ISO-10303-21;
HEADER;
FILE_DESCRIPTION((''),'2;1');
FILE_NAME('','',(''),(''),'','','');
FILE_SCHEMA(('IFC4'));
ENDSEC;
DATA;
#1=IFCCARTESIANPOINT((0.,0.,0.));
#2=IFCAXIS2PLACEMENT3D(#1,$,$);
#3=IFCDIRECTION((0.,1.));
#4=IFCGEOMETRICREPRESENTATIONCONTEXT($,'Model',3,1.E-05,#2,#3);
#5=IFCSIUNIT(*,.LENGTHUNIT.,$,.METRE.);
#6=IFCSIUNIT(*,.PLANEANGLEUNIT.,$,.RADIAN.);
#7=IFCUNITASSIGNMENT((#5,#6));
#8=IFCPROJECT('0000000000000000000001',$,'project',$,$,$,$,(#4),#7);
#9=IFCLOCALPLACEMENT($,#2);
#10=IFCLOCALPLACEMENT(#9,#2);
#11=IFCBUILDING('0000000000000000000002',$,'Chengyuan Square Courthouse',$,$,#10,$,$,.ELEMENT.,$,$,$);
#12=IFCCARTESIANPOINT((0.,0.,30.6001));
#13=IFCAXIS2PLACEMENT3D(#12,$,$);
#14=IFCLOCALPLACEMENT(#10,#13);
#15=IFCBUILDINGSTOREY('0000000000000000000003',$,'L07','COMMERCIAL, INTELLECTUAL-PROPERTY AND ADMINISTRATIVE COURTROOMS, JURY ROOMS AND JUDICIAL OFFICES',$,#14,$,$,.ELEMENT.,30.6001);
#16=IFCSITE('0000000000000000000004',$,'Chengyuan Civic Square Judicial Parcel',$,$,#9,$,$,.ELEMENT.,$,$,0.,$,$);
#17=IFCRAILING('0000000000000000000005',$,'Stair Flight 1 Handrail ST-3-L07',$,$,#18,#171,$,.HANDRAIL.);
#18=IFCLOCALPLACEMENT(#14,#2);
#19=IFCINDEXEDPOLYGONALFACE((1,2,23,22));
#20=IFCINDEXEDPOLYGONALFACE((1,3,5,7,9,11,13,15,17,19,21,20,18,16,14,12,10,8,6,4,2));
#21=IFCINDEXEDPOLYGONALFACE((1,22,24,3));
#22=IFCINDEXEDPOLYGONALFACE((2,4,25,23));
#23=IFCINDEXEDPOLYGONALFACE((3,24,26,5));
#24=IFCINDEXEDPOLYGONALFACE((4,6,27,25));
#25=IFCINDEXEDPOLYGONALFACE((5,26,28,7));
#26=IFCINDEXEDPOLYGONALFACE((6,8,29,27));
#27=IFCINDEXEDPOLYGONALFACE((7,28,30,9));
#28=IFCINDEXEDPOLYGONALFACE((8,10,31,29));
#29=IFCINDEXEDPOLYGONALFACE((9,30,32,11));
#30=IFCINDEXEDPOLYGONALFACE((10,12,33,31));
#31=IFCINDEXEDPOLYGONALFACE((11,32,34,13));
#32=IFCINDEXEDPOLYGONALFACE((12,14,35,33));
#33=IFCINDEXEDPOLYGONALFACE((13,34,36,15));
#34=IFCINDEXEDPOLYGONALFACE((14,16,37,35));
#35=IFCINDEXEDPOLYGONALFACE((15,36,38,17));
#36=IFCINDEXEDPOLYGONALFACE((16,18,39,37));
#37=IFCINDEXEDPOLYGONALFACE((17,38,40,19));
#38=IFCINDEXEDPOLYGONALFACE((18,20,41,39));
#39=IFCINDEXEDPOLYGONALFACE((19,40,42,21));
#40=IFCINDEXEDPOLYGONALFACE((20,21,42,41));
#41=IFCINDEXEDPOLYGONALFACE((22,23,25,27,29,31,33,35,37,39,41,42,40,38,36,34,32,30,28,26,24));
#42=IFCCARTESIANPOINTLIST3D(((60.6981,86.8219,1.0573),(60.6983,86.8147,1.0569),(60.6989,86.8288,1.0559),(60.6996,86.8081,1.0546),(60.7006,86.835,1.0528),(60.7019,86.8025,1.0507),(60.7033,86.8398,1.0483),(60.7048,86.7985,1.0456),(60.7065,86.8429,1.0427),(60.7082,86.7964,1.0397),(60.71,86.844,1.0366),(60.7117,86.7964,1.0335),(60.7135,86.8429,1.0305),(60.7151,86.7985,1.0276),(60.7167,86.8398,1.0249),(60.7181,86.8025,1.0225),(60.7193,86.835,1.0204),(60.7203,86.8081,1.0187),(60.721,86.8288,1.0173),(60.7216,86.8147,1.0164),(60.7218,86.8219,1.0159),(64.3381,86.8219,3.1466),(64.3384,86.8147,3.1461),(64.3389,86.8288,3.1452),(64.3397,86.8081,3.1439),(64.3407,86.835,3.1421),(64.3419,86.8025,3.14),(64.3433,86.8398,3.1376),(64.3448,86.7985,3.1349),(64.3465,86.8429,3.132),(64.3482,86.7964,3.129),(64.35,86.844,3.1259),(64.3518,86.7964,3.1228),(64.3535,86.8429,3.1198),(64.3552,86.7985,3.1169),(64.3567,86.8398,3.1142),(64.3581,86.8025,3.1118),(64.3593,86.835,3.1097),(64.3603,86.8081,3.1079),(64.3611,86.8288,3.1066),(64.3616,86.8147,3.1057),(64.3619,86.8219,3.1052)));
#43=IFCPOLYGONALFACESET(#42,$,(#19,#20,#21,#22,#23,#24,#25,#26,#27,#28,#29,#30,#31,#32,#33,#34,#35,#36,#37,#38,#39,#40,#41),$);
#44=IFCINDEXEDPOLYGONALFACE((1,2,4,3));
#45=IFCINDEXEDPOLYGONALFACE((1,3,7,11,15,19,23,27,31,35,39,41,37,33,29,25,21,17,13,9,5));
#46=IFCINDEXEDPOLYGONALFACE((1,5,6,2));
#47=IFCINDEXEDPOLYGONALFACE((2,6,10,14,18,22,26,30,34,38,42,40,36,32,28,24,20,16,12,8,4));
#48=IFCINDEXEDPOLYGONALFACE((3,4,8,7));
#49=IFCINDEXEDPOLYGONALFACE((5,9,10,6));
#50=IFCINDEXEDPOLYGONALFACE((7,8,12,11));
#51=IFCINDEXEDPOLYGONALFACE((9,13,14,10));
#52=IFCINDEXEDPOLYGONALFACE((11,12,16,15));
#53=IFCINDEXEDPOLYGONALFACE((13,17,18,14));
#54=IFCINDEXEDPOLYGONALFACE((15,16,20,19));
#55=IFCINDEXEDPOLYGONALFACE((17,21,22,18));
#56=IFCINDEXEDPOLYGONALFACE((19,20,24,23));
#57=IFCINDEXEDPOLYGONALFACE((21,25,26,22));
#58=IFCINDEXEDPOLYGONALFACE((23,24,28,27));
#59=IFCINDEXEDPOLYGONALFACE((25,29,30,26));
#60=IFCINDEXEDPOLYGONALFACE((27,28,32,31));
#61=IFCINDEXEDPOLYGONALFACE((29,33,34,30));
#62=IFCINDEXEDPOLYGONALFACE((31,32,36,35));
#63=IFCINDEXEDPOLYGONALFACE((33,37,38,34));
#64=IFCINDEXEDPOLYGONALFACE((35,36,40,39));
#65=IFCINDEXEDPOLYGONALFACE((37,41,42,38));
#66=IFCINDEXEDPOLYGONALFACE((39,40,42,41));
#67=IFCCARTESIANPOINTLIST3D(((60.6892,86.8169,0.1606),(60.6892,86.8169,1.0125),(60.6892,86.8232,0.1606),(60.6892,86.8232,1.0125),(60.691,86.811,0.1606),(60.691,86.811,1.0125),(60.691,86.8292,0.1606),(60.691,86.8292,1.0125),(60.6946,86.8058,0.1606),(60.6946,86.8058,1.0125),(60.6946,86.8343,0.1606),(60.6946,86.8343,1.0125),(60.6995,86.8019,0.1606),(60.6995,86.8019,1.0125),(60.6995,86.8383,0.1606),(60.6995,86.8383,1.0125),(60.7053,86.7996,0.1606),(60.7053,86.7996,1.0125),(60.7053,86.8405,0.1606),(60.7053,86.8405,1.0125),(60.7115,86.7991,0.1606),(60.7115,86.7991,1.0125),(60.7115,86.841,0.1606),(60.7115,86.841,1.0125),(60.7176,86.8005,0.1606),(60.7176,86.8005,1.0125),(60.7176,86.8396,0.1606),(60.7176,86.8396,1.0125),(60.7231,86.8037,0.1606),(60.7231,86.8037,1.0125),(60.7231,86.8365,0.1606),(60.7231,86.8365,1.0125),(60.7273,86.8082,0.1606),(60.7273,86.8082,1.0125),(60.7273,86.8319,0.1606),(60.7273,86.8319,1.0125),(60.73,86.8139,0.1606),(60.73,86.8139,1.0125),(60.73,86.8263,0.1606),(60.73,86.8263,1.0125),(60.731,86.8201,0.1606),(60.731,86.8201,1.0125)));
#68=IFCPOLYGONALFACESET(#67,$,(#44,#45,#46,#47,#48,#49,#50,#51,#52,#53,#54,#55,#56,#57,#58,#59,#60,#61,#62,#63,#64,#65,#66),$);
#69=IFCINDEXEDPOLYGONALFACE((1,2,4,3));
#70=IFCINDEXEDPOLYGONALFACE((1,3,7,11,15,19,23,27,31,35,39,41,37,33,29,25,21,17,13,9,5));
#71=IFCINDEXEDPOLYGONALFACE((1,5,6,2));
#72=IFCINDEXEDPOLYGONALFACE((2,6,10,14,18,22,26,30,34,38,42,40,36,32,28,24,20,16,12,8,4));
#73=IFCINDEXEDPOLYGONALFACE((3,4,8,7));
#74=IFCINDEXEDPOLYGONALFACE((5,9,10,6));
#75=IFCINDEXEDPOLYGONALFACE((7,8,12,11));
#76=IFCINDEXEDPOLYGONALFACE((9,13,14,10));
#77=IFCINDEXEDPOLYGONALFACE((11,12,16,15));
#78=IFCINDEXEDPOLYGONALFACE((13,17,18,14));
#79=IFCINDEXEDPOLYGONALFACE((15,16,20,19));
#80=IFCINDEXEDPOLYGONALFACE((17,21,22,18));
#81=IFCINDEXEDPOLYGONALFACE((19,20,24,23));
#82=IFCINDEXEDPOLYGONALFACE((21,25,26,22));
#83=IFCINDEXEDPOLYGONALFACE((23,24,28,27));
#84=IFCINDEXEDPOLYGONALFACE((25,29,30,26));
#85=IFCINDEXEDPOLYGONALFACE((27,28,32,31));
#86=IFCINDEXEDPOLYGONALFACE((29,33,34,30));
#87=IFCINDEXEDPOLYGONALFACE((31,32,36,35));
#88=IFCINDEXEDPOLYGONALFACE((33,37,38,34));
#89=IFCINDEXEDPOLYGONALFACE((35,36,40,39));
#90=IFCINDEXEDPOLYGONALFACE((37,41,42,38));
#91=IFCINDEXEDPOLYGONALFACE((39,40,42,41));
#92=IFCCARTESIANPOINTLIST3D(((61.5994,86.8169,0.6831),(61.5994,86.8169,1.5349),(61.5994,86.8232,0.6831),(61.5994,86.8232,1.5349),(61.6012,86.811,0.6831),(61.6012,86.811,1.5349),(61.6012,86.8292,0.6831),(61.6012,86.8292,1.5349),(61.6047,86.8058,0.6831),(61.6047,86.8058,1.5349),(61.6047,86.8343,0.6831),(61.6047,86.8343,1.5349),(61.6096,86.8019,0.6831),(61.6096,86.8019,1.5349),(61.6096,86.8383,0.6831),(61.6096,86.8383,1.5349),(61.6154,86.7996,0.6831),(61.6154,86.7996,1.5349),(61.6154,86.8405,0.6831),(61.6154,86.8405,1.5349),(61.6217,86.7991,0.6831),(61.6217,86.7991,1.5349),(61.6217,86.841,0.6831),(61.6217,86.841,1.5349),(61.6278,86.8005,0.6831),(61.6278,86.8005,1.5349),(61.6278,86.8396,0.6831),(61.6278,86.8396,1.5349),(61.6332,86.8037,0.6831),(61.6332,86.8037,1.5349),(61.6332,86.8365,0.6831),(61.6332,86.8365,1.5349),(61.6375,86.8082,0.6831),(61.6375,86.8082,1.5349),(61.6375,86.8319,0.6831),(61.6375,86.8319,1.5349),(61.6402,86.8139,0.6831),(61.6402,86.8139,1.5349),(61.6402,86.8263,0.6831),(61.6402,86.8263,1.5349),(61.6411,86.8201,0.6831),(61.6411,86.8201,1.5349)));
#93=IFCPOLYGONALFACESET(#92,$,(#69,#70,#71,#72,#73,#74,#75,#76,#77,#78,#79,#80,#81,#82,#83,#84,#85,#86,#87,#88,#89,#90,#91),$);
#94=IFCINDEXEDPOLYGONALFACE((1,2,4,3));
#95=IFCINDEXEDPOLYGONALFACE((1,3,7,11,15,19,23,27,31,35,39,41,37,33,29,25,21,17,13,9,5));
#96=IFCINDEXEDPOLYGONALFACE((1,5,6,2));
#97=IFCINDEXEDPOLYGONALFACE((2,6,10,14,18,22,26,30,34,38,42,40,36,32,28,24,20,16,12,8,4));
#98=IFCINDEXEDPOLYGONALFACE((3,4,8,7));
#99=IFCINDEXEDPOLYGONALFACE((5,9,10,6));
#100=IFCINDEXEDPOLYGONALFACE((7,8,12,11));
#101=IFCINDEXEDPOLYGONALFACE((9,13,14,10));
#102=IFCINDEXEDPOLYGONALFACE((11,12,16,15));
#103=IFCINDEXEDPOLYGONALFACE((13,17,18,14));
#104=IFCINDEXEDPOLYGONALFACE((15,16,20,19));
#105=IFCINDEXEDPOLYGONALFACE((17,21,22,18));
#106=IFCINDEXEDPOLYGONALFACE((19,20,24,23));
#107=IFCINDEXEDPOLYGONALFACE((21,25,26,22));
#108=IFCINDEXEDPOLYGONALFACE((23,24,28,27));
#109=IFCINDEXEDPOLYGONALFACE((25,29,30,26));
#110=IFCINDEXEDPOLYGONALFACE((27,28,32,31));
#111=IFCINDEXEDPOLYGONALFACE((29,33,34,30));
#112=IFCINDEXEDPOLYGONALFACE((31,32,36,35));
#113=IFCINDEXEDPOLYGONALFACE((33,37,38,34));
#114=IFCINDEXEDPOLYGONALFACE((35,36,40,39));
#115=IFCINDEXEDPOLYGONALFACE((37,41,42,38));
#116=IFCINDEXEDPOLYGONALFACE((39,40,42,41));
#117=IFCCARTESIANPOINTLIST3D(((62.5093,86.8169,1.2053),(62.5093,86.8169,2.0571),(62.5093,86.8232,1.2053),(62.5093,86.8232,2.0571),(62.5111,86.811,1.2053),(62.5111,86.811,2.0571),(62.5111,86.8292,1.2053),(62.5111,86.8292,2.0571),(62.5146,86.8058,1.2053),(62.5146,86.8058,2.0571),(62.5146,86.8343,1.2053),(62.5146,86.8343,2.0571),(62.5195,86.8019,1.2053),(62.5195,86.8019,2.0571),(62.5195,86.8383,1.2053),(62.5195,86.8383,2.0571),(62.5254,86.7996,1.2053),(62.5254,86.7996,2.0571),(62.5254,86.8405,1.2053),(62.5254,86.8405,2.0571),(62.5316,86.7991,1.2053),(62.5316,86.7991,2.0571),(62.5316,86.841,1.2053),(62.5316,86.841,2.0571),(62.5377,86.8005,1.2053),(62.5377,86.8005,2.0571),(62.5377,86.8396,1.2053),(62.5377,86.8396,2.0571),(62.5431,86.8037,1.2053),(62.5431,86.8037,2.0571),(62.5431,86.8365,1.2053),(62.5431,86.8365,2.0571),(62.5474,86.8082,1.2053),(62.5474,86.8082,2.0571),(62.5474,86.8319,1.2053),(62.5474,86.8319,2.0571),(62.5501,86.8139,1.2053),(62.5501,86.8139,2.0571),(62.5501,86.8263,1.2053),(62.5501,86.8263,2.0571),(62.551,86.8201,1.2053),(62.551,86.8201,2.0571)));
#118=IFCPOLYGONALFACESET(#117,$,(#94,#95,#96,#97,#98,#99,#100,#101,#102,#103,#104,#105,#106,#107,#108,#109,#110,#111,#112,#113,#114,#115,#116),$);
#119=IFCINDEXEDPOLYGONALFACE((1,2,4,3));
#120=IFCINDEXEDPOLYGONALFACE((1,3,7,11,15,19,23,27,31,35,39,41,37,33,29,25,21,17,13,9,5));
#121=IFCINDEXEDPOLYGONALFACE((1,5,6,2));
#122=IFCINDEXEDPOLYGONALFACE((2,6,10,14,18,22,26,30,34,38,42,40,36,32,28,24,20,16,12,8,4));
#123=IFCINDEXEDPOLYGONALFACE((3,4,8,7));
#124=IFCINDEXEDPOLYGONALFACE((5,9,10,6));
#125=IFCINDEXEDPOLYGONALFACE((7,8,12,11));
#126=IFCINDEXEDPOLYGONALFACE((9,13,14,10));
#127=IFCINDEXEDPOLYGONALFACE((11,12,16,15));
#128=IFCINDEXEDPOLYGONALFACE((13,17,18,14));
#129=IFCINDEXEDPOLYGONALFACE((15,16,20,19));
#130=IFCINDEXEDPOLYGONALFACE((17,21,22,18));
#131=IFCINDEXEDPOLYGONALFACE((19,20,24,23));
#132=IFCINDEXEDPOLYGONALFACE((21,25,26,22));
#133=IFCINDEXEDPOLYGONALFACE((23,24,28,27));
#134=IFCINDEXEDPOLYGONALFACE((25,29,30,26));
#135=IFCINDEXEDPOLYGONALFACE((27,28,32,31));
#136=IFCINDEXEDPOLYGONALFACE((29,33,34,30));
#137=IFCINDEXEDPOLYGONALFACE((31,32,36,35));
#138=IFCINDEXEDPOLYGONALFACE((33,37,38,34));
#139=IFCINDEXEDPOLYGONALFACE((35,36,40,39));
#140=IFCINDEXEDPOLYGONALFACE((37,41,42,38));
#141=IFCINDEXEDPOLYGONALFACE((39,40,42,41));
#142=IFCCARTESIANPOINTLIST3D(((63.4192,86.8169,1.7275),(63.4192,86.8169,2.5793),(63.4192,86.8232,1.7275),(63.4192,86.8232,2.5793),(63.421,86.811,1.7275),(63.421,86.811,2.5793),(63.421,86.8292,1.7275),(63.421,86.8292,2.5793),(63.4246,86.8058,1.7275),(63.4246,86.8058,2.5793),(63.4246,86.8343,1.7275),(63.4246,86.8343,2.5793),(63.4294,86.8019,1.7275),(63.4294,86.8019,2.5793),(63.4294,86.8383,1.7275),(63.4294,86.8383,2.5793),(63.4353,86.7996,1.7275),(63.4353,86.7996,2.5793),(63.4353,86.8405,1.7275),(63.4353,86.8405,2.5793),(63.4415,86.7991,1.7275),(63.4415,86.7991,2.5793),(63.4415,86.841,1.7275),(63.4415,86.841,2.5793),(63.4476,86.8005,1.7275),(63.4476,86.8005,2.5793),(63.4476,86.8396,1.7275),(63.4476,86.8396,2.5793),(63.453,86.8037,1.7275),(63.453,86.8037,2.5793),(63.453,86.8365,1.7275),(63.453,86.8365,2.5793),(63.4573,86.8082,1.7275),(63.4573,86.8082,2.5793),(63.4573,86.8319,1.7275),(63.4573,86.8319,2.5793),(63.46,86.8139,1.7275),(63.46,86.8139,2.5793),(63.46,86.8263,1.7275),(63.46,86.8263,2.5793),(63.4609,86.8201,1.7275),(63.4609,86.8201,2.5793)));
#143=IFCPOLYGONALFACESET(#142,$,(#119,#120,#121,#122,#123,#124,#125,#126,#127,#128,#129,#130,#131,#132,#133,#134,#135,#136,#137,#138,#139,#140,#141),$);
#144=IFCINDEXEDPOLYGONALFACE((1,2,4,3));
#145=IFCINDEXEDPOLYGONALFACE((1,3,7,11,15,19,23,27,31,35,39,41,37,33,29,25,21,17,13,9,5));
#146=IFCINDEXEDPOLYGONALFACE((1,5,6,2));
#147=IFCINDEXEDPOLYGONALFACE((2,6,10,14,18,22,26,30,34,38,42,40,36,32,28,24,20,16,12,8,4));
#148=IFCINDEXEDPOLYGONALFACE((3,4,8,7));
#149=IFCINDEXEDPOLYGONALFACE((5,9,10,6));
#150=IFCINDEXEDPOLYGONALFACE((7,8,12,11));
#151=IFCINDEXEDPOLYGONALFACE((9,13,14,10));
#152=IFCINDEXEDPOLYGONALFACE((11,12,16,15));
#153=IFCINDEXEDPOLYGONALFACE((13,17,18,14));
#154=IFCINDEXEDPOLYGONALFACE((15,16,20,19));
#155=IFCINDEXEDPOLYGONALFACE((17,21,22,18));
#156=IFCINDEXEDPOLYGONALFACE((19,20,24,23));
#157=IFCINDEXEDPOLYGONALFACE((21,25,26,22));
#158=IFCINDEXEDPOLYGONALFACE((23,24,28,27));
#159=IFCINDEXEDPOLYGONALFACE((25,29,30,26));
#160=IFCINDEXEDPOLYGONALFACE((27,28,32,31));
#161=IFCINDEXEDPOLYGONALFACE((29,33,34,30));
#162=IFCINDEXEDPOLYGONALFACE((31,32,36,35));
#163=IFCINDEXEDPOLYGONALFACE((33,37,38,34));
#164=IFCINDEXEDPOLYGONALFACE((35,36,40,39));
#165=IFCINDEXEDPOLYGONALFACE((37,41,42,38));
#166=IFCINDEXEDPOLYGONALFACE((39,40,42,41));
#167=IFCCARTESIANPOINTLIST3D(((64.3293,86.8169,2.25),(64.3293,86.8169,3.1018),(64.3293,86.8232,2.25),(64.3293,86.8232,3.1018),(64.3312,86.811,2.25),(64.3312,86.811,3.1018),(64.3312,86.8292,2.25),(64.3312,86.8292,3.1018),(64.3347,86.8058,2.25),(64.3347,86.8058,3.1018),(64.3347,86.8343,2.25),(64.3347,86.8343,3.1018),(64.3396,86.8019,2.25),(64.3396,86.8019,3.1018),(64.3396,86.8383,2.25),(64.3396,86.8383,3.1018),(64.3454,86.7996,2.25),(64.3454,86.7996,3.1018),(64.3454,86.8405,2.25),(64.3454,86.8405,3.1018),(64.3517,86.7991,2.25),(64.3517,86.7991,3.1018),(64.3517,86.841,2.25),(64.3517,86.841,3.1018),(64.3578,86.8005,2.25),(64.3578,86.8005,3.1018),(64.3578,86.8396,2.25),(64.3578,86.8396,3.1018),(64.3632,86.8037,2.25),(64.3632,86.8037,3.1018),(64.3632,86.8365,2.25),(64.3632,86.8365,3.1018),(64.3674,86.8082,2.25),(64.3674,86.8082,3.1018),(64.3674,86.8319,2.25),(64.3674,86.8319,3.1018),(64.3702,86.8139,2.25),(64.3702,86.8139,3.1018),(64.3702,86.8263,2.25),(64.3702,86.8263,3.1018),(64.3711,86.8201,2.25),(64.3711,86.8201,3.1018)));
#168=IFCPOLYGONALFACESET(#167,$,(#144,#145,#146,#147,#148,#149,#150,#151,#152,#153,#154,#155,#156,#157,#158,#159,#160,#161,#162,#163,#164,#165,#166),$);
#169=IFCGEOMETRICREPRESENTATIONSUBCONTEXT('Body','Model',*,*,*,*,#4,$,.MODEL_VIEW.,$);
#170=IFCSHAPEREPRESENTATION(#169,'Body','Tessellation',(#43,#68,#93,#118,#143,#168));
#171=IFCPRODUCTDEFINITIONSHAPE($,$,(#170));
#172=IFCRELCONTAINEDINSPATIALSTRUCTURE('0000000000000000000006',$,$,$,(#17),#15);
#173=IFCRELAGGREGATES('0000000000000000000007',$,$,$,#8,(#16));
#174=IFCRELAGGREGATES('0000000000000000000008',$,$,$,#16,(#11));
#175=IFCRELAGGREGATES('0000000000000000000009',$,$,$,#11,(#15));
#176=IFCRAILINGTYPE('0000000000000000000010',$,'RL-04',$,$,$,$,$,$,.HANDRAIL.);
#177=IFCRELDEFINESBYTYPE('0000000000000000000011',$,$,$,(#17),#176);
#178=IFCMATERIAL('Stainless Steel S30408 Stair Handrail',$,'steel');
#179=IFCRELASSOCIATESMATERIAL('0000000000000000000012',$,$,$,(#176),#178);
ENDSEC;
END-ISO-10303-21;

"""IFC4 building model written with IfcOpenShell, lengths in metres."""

from ifc_helpers import new_model, si_unit, direction, frame, origin, origin_2d, place, context, subcontext, project, spatial, circle, extrude, material, type_object, element, save


model = new_model("IFC4")

# Units and contexts
model_context = context("Model", 3, precision=1e-05, world=origin(), true_north=direction((0.0, 1.0)))
body_context = subcontext(model_context, "Body", "Model", "MODEL_VIEW")
ifc_project = project(units=[si_unit("LENGTHUNIT", "METRE"), si_unit("PLANEANGLEUNIT", "RADIAN")], contexts=[model_context])

# Site, building, storey
site_placement = place(None, origin())
site = spatial("IfcSite", under=ifc_project, at=site_placement, Name="Chengyuan Civic Square Judicial Parcel", CompositionType="ELEMENT", RefElevation=0.0)
building_placement = place(site_placement, origin())
building = spatial("IfcBuilding", under=site, at=building_placement, Name="Chengyuan Square Courthouse", CompositionType="ELEMENT")
storey_placement = place(building_placement, frame((0.0, 0.0, 30.6001)))
storey = spatial("IfcBuildingStorey", under=building, at=storey_placement, Name="L07", Description="COMMERCIAL, INTELLECTUAL-PROPERTY AND ADMINISTRATIVE COURTROOMS, JURY ROOMS AND JUDICIAL OFFICES", CompositionType="ELEMENT", Elevation=30.6001)

# Railing
ifc_material_1 = material(Name="Stainless Steel S30408 Stair Handrail", Category="steel")
railing_type_1 = type_object("IfcRailingType", Name="RL-04", PredefinedType="HANDRAIL", material=ifc_material_1)
railing_1_placement = place(storey_placement, frame((60.71, 86.8201, 0.1606)))
element("IfcRailing", 1, at=railing_1_placement, inside=storey, type_object=railing_type_1, Name="Stair Flight 1 Handrail ST-3-L07", PredefinedType="HANDRAIL", context=body_context, shape_type="SweptSolid", body=[
    extrude(circle(Radius=0.0239, at=origin_2d()), frame((0.0, 0.0, 0.876), z_axis=(0.867289, 0.0, 0.497804), x_axis=(0.0, 1.0, 0.0)), (0.0, 0.0, 1.0), 4.197),
    extrude(circle(Radius=0.021, at=origin_2d()), origin(), (0.0, 0.0, 1.0), 0.8518),
    extrude(circle(Radius=0.021, at=origin_2d()), frame((0.9102, 0.0, 0.5225)), (0.0, 0.0, 1.0), 0.8518),
    extrude(circle(Radius=0.021, at=origin_2d()), frame((1.8201, 0.0, 1.0447)), (0.0, 0.0, 1.0), 0.8518),
    extrude(circle(Radius=0.021, at=origin_2d()), frame((2.73, 0.0, 1.5669)), (0.0, 0.0, 1.0), 0.8518),
    extrude(circle(Radius=0.021, at=origin_2d()), frame((3.6401, 0.0, 2.0894)), (0.0, 0.0, 1.0), 0.8518),
])

save(model, "model.ifc")
